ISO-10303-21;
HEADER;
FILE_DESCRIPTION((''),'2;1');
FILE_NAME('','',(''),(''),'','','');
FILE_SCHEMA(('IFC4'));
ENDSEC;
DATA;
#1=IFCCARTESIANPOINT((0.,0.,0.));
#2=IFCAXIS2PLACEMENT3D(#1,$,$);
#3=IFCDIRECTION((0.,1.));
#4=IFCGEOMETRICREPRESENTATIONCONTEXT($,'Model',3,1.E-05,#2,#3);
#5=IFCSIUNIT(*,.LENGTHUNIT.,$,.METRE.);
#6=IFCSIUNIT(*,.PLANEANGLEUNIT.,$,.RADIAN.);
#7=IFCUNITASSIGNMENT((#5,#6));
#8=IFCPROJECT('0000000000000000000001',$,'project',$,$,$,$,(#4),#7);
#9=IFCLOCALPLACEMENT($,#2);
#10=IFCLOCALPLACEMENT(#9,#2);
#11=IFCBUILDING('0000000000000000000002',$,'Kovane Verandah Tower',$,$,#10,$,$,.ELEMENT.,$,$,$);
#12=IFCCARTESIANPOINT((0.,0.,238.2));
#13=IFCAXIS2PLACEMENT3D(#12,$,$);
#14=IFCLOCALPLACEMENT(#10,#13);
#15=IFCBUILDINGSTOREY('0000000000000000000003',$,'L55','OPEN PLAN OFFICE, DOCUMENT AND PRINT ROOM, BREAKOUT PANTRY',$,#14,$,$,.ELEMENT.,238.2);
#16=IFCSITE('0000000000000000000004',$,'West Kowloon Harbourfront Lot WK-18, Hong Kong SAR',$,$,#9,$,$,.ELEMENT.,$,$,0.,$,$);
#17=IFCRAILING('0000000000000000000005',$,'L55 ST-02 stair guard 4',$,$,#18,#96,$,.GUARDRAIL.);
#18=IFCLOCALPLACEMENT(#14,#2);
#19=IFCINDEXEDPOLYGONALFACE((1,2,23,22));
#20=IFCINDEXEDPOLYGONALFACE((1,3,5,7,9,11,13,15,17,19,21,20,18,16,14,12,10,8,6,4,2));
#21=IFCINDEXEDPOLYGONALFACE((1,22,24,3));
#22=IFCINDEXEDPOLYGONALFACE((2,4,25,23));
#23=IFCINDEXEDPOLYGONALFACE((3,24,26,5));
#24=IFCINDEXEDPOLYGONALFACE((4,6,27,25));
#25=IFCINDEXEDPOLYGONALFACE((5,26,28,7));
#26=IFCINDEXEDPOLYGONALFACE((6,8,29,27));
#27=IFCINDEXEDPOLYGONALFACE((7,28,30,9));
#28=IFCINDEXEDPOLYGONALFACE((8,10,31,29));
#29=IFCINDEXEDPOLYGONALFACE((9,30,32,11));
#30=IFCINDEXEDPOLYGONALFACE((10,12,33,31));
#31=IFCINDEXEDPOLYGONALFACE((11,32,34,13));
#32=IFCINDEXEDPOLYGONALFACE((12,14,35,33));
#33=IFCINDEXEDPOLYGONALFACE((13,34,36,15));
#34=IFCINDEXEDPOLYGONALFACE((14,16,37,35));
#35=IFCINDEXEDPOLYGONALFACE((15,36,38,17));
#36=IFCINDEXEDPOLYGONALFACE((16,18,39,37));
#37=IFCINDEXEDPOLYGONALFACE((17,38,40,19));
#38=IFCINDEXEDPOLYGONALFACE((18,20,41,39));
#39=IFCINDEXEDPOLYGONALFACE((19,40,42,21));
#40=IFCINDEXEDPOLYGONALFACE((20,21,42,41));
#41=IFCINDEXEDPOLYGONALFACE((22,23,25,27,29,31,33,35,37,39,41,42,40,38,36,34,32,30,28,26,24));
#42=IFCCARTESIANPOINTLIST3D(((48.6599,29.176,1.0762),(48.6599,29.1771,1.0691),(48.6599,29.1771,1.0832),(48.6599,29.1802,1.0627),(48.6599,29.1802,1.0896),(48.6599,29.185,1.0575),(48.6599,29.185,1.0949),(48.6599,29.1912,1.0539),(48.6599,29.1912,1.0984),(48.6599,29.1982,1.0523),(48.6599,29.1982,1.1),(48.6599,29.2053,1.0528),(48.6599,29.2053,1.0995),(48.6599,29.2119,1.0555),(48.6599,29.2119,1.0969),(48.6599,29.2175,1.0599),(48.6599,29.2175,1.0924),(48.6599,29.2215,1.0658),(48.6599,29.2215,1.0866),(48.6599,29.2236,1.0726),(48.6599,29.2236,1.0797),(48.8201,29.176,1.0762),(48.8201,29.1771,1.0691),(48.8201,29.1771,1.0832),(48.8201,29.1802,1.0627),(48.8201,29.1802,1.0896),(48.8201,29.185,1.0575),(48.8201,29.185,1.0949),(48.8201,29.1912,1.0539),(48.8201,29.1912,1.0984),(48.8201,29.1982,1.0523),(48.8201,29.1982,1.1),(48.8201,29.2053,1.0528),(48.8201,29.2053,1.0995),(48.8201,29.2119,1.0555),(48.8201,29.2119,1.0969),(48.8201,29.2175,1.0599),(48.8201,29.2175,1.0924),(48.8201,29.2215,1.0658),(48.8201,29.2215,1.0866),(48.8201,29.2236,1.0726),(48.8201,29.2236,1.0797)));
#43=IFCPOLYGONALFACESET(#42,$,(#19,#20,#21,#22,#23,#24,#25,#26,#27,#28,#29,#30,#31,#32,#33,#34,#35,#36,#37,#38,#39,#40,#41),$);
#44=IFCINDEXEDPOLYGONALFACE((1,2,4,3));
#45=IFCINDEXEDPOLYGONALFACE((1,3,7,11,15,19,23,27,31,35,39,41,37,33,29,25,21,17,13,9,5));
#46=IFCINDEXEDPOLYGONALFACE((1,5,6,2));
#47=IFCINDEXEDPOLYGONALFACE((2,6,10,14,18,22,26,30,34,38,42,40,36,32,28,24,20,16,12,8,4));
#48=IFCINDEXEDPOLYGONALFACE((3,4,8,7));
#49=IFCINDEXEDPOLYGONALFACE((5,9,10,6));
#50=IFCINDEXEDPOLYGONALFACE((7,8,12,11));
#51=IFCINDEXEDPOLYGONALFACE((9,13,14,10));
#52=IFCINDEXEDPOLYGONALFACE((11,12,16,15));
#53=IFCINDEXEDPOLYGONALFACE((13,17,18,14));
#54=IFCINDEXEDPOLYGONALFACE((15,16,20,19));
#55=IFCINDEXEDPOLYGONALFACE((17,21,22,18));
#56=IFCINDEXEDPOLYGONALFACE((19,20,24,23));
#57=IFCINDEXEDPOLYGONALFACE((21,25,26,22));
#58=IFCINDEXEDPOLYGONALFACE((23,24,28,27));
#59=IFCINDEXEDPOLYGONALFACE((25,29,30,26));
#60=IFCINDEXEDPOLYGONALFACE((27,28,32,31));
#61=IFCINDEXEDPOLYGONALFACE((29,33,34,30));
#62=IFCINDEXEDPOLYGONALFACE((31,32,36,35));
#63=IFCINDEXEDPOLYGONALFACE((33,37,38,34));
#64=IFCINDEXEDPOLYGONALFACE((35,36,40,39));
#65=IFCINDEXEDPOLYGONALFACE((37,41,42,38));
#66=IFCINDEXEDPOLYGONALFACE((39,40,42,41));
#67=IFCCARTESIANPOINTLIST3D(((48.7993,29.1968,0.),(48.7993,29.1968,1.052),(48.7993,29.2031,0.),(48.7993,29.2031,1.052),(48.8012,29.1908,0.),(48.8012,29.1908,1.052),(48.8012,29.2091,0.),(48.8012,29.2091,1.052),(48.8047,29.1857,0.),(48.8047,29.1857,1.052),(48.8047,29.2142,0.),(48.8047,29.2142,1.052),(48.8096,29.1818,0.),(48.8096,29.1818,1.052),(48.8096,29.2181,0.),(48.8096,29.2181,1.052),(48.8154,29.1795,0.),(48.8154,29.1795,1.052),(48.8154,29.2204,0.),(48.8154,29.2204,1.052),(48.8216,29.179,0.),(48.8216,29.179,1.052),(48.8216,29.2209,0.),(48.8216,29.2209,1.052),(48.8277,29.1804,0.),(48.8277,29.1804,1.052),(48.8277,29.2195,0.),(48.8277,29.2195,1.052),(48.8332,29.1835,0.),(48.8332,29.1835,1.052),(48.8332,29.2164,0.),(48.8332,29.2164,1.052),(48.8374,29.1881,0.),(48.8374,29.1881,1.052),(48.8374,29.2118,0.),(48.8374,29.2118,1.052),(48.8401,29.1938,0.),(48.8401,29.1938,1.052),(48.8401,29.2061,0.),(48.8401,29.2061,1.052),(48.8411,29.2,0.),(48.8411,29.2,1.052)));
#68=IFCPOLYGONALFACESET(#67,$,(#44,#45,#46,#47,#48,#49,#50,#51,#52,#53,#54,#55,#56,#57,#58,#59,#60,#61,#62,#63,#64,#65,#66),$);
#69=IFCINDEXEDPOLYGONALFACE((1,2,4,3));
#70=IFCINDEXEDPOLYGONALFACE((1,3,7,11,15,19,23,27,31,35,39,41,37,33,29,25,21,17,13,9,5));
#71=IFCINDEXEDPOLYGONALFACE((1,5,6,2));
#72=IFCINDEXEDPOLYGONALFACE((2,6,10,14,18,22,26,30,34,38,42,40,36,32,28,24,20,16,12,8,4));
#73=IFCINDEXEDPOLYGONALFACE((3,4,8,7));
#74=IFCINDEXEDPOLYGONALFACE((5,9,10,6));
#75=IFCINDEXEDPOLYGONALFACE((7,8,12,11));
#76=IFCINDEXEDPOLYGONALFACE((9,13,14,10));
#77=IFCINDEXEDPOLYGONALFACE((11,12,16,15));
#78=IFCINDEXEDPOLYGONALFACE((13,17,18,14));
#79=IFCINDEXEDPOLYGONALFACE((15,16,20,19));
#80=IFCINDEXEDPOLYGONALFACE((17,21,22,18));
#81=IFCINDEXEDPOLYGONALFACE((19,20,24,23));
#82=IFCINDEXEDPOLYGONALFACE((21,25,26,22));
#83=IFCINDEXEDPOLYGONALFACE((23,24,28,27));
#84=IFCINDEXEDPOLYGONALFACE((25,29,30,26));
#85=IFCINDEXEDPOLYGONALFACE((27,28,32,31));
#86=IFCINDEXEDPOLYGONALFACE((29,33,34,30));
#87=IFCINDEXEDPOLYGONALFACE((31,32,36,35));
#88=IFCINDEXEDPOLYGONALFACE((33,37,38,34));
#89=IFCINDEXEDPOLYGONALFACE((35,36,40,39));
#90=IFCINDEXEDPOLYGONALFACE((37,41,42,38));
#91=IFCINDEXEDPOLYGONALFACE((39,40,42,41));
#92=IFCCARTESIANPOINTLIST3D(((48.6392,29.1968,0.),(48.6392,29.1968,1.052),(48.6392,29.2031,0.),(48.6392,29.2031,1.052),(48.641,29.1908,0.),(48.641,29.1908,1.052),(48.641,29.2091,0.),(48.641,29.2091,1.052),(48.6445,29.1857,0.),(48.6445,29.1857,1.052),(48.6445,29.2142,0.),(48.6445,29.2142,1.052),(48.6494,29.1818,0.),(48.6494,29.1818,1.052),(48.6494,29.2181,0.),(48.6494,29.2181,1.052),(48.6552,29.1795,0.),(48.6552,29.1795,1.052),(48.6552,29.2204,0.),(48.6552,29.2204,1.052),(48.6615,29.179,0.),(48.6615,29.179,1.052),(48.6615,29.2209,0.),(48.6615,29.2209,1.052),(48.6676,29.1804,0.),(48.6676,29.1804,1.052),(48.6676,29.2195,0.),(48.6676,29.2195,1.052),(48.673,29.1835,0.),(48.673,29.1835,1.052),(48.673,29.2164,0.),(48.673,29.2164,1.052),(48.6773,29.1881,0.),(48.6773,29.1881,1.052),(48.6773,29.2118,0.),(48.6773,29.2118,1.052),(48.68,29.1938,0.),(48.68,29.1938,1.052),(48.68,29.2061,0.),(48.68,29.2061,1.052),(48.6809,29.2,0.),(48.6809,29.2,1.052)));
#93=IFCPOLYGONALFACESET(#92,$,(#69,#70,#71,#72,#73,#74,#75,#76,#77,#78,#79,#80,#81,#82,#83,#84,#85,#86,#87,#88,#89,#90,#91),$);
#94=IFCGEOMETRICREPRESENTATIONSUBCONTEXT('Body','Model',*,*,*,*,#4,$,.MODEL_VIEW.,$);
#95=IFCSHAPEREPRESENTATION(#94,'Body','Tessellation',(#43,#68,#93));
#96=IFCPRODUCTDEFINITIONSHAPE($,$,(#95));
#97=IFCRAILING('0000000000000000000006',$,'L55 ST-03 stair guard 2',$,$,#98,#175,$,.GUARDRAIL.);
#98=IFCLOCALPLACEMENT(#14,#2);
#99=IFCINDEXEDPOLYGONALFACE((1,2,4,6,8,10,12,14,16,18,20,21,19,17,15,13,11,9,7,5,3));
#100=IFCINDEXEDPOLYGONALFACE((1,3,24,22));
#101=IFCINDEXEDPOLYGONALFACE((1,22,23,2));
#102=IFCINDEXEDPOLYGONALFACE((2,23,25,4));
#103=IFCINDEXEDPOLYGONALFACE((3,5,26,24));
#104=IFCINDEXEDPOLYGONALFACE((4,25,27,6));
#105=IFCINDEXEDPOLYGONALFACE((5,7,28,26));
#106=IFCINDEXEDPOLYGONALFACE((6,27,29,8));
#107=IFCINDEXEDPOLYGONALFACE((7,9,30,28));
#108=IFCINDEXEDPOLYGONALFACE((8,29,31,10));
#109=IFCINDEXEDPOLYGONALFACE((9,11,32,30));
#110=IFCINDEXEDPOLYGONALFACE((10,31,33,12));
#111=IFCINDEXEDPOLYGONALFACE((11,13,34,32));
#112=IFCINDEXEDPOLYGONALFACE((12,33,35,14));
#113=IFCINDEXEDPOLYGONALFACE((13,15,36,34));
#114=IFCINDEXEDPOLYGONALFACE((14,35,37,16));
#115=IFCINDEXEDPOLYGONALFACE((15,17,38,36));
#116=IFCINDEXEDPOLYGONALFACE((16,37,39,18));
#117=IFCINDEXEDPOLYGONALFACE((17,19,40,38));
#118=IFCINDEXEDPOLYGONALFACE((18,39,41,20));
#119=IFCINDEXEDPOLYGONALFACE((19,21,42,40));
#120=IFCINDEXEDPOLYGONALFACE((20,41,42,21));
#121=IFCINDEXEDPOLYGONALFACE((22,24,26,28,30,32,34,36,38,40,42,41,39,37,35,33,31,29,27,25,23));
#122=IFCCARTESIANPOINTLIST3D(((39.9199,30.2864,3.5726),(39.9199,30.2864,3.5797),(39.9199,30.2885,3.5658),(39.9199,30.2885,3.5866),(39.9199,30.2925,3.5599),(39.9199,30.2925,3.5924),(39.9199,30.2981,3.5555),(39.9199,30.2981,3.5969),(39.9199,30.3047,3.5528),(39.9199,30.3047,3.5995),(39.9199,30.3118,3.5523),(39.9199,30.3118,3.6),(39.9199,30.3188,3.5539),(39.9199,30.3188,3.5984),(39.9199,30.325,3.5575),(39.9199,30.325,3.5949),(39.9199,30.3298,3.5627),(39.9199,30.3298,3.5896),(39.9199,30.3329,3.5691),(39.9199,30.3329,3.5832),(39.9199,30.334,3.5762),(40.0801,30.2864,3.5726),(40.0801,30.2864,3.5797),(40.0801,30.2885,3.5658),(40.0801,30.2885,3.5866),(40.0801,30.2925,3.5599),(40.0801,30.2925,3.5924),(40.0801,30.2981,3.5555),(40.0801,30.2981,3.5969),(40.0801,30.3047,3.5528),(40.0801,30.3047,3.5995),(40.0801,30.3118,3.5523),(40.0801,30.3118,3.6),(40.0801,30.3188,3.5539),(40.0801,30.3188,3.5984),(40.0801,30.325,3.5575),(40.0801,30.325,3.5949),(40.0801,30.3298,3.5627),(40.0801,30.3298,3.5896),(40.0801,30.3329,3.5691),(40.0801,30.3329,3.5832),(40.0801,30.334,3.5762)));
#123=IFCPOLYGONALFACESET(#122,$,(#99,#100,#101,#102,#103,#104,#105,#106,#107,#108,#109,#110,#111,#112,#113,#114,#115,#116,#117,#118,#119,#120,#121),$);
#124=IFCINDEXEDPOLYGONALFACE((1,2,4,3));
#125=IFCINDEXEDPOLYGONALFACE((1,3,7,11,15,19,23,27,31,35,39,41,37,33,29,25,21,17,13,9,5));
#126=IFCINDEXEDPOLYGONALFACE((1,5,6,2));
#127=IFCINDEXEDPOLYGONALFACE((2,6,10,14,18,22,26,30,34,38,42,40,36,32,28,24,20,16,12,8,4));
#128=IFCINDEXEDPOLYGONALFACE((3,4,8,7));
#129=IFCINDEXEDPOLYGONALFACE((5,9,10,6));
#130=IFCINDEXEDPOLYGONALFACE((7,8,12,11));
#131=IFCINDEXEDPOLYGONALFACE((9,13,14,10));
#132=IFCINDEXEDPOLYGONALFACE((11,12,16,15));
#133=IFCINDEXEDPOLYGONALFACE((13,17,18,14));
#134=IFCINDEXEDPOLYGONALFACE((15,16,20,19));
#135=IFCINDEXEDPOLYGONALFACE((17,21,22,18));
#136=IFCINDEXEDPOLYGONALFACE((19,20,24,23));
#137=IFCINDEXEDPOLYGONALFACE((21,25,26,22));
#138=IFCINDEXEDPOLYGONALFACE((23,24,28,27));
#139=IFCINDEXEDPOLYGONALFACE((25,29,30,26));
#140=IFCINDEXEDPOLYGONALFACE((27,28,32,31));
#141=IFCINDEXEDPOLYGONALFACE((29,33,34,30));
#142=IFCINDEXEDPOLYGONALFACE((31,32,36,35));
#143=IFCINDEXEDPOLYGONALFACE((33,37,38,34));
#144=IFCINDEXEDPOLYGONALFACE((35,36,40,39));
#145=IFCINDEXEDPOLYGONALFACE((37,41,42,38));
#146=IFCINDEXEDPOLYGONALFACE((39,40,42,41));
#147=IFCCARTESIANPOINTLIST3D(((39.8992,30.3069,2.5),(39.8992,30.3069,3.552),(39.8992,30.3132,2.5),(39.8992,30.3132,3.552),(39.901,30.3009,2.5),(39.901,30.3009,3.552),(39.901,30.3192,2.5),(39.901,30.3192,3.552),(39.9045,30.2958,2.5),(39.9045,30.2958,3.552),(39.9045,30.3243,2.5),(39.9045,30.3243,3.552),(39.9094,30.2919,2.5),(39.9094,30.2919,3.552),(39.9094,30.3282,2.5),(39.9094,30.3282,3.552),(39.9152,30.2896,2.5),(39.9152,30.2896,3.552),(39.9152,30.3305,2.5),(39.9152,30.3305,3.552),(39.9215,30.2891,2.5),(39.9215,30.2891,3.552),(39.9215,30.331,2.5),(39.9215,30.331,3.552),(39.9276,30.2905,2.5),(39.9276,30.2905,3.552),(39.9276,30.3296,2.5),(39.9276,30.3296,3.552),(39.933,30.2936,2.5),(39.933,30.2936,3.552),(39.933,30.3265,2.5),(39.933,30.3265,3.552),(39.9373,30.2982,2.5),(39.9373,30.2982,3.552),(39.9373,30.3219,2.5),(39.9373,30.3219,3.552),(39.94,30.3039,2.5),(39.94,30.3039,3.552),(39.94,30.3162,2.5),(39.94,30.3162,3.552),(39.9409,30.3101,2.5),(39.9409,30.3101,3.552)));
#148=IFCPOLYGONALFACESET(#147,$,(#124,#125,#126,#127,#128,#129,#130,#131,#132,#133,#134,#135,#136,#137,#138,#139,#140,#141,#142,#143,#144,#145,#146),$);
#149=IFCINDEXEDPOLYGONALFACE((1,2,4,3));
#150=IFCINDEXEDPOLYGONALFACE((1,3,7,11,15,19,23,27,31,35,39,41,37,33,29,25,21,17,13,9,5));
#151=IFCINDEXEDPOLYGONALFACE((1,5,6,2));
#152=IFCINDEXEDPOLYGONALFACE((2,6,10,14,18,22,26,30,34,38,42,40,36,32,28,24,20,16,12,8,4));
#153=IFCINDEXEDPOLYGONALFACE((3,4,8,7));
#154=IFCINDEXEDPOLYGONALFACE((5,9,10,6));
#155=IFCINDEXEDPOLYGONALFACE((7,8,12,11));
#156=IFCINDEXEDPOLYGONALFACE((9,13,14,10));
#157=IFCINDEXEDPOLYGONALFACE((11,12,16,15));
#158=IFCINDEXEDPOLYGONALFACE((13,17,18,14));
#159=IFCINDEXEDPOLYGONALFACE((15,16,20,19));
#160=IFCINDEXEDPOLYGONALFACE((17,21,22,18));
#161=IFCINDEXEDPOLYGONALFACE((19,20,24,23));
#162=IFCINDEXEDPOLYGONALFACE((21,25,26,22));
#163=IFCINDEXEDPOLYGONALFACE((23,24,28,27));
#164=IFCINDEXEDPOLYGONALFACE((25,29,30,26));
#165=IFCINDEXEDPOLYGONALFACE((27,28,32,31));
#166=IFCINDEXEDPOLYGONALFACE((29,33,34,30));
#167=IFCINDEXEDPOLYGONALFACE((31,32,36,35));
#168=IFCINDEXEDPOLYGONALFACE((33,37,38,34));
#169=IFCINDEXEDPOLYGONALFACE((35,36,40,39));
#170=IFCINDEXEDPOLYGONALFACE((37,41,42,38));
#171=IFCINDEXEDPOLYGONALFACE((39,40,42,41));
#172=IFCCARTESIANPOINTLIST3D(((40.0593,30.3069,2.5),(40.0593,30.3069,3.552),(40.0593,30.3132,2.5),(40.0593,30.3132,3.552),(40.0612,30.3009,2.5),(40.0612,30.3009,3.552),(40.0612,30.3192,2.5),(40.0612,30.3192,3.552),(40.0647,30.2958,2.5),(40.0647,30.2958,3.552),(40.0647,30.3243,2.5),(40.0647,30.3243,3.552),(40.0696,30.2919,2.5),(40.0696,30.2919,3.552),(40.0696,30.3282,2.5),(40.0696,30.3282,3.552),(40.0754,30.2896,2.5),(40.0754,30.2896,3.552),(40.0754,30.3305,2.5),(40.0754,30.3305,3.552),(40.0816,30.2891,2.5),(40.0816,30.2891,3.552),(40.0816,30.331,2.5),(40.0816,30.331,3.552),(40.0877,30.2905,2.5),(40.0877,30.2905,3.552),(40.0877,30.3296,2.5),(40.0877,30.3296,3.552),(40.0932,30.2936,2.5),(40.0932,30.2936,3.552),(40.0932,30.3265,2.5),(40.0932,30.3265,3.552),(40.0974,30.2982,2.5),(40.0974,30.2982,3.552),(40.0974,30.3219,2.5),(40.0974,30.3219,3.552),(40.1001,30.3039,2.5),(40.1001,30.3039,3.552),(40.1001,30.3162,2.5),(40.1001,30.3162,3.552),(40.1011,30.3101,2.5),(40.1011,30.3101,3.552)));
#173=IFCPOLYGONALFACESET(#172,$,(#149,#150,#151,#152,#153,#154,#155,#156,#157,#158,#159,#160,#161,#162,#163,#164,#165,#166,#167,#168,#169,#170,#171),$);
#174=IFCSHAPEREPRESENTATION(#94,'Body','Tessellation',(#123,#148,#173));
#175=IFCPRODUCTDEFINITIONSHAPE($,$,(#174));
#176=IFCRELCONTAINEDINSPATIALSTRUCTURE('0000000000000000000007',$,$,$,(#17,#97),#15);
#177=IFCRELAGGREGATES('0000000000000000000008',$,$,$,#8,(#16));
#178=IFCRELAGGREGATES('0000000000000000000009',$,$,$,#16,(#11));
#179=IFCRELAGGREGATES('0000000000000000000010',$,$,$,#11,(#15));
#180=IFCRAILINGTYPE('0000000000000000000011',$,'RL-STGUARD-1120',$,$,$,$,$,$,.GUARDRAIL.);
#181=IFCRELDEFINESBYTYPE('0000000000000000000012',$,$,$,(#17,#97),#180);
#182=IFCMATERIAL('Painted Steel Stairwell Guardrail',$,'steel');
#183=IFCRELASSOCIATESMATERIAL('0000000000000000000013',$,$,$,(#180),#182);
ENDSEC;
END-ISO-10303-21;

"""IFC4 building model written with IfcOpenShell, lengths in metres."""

from ifc_helpers import new_model, si_unit, direction, frame, origin, origin_2d, place, context, subcontext, project, spatial, circle, extrude, material, type_object, element, save


model = new_model("IFC4")

# Units and contexts
model_context = context("Model", 3, precision=1e-05, world=origin(), true_north=direction((0.0, 1.0)))
body_context = subcontext(model_context, "Body", "Model", "MODEL_VIEW")
ifc_project = project(units=[si_unit("LENGTHUNIT", "METRE"), si_unit("PLANEANGLEUNIT", "RADIAN")], contexts=[model_context])

# Site, building, storey
site_placement = place(None, origin())
site = spatial("IfcSite", under=ifc_project, at=site_placement, Name="West Kowloon Harbourfront Lot WK-18, Hong Kong SAR", CompositionType="ELEMENT", RefElevation=0.0)
building_placement = place(site_placement, origin())
building = spatial("IfcBuilding", under=site, at=building_placement, Name="Kovane Verandah Tower", CompositionType="ELEMENT")
storey_placement = place(building_placement, frame((0.0, 0.0, 238.2)))
storey = spatial("IfcBuildingStorey", under=building, at=storey_placement, Name="L55", Description="OPEN PLAN OFFICE, DOCUMENT AND PRINT ROOM, BREAKOUT PANTRY", CompositionType="ELEMENT", Elevation=238.2)

# Railings
ifc_material_1 = material(Name="Painted Steel Stairwell Guardrail", Category="steel")
railing_type_1 = type_object("IfcRailingType", Name="RL-STGUARD-1120", PredefinedType="GUARDRAIL", material=ifc_material_1)
railing_1_placement = place(storey_placement, frame((48.8201, 29.2, 0.0)))
element("IfcRailing", 1, at=railing_1_placement, inside=storey, type_object=railing_type_1, Name="L55 ST-02 stair guard 4", PredefinedType="GUARDRAIL", context=body_context, shape_type="SweptSolid", body=[
    extrude(circle(Radius=0.0239, at=origin_2d()), frame((0.0, 0.0, 1.0762), z_axis=(-1.0, 0.0, 0.0), x_axis=(0.0, -1.0, 0.0)), (0.0, 0.0, 1.0), 0.1602),
    extrude(circle(Radius=0.021, at=origin_2d()), origin(), (0.0, 0.0, 1.0), 1.052),
    extrude(circle(Radius=0.021, at=origin_2d()), frame((-0.1602, 0.0, 0.0)), (0.0, 0.0, 1.0), 1.052),
])
railing_2_placement = place(storey_placement, frame((39.9199, 30.3101, 2.5)))
element("IfcRailing", 2, at=railing_2_placement, inside=storey, type_object=railing_type_1, Name="L55 ST-03 stair guard 2", PredefinedType="GUARDRAIL", context=body_context, shape_type="SweptSolid", body=[
    extrude(circle(Radius=0.0239, at=origin_2d()), frame((0.0, 0.0, 1.0762), z_axis=(1.0, 0.0, 0.0), x_axis=(0.0, 1.0, 0.0)), (0.0, 0.0, 1.0), 0.1602),
    extrude(circle(Radius=0.021, at=origin_2d()), origin(), (0.0, 0.0, 1.0), 1.052),
    extrude(circle(Radius=0.021, at=origin_2d()), frame((0.1602, 0.0, 0.0)), (0.0, 0.0, 1.0), 1.052),
])

save(model, "model.ifc")
